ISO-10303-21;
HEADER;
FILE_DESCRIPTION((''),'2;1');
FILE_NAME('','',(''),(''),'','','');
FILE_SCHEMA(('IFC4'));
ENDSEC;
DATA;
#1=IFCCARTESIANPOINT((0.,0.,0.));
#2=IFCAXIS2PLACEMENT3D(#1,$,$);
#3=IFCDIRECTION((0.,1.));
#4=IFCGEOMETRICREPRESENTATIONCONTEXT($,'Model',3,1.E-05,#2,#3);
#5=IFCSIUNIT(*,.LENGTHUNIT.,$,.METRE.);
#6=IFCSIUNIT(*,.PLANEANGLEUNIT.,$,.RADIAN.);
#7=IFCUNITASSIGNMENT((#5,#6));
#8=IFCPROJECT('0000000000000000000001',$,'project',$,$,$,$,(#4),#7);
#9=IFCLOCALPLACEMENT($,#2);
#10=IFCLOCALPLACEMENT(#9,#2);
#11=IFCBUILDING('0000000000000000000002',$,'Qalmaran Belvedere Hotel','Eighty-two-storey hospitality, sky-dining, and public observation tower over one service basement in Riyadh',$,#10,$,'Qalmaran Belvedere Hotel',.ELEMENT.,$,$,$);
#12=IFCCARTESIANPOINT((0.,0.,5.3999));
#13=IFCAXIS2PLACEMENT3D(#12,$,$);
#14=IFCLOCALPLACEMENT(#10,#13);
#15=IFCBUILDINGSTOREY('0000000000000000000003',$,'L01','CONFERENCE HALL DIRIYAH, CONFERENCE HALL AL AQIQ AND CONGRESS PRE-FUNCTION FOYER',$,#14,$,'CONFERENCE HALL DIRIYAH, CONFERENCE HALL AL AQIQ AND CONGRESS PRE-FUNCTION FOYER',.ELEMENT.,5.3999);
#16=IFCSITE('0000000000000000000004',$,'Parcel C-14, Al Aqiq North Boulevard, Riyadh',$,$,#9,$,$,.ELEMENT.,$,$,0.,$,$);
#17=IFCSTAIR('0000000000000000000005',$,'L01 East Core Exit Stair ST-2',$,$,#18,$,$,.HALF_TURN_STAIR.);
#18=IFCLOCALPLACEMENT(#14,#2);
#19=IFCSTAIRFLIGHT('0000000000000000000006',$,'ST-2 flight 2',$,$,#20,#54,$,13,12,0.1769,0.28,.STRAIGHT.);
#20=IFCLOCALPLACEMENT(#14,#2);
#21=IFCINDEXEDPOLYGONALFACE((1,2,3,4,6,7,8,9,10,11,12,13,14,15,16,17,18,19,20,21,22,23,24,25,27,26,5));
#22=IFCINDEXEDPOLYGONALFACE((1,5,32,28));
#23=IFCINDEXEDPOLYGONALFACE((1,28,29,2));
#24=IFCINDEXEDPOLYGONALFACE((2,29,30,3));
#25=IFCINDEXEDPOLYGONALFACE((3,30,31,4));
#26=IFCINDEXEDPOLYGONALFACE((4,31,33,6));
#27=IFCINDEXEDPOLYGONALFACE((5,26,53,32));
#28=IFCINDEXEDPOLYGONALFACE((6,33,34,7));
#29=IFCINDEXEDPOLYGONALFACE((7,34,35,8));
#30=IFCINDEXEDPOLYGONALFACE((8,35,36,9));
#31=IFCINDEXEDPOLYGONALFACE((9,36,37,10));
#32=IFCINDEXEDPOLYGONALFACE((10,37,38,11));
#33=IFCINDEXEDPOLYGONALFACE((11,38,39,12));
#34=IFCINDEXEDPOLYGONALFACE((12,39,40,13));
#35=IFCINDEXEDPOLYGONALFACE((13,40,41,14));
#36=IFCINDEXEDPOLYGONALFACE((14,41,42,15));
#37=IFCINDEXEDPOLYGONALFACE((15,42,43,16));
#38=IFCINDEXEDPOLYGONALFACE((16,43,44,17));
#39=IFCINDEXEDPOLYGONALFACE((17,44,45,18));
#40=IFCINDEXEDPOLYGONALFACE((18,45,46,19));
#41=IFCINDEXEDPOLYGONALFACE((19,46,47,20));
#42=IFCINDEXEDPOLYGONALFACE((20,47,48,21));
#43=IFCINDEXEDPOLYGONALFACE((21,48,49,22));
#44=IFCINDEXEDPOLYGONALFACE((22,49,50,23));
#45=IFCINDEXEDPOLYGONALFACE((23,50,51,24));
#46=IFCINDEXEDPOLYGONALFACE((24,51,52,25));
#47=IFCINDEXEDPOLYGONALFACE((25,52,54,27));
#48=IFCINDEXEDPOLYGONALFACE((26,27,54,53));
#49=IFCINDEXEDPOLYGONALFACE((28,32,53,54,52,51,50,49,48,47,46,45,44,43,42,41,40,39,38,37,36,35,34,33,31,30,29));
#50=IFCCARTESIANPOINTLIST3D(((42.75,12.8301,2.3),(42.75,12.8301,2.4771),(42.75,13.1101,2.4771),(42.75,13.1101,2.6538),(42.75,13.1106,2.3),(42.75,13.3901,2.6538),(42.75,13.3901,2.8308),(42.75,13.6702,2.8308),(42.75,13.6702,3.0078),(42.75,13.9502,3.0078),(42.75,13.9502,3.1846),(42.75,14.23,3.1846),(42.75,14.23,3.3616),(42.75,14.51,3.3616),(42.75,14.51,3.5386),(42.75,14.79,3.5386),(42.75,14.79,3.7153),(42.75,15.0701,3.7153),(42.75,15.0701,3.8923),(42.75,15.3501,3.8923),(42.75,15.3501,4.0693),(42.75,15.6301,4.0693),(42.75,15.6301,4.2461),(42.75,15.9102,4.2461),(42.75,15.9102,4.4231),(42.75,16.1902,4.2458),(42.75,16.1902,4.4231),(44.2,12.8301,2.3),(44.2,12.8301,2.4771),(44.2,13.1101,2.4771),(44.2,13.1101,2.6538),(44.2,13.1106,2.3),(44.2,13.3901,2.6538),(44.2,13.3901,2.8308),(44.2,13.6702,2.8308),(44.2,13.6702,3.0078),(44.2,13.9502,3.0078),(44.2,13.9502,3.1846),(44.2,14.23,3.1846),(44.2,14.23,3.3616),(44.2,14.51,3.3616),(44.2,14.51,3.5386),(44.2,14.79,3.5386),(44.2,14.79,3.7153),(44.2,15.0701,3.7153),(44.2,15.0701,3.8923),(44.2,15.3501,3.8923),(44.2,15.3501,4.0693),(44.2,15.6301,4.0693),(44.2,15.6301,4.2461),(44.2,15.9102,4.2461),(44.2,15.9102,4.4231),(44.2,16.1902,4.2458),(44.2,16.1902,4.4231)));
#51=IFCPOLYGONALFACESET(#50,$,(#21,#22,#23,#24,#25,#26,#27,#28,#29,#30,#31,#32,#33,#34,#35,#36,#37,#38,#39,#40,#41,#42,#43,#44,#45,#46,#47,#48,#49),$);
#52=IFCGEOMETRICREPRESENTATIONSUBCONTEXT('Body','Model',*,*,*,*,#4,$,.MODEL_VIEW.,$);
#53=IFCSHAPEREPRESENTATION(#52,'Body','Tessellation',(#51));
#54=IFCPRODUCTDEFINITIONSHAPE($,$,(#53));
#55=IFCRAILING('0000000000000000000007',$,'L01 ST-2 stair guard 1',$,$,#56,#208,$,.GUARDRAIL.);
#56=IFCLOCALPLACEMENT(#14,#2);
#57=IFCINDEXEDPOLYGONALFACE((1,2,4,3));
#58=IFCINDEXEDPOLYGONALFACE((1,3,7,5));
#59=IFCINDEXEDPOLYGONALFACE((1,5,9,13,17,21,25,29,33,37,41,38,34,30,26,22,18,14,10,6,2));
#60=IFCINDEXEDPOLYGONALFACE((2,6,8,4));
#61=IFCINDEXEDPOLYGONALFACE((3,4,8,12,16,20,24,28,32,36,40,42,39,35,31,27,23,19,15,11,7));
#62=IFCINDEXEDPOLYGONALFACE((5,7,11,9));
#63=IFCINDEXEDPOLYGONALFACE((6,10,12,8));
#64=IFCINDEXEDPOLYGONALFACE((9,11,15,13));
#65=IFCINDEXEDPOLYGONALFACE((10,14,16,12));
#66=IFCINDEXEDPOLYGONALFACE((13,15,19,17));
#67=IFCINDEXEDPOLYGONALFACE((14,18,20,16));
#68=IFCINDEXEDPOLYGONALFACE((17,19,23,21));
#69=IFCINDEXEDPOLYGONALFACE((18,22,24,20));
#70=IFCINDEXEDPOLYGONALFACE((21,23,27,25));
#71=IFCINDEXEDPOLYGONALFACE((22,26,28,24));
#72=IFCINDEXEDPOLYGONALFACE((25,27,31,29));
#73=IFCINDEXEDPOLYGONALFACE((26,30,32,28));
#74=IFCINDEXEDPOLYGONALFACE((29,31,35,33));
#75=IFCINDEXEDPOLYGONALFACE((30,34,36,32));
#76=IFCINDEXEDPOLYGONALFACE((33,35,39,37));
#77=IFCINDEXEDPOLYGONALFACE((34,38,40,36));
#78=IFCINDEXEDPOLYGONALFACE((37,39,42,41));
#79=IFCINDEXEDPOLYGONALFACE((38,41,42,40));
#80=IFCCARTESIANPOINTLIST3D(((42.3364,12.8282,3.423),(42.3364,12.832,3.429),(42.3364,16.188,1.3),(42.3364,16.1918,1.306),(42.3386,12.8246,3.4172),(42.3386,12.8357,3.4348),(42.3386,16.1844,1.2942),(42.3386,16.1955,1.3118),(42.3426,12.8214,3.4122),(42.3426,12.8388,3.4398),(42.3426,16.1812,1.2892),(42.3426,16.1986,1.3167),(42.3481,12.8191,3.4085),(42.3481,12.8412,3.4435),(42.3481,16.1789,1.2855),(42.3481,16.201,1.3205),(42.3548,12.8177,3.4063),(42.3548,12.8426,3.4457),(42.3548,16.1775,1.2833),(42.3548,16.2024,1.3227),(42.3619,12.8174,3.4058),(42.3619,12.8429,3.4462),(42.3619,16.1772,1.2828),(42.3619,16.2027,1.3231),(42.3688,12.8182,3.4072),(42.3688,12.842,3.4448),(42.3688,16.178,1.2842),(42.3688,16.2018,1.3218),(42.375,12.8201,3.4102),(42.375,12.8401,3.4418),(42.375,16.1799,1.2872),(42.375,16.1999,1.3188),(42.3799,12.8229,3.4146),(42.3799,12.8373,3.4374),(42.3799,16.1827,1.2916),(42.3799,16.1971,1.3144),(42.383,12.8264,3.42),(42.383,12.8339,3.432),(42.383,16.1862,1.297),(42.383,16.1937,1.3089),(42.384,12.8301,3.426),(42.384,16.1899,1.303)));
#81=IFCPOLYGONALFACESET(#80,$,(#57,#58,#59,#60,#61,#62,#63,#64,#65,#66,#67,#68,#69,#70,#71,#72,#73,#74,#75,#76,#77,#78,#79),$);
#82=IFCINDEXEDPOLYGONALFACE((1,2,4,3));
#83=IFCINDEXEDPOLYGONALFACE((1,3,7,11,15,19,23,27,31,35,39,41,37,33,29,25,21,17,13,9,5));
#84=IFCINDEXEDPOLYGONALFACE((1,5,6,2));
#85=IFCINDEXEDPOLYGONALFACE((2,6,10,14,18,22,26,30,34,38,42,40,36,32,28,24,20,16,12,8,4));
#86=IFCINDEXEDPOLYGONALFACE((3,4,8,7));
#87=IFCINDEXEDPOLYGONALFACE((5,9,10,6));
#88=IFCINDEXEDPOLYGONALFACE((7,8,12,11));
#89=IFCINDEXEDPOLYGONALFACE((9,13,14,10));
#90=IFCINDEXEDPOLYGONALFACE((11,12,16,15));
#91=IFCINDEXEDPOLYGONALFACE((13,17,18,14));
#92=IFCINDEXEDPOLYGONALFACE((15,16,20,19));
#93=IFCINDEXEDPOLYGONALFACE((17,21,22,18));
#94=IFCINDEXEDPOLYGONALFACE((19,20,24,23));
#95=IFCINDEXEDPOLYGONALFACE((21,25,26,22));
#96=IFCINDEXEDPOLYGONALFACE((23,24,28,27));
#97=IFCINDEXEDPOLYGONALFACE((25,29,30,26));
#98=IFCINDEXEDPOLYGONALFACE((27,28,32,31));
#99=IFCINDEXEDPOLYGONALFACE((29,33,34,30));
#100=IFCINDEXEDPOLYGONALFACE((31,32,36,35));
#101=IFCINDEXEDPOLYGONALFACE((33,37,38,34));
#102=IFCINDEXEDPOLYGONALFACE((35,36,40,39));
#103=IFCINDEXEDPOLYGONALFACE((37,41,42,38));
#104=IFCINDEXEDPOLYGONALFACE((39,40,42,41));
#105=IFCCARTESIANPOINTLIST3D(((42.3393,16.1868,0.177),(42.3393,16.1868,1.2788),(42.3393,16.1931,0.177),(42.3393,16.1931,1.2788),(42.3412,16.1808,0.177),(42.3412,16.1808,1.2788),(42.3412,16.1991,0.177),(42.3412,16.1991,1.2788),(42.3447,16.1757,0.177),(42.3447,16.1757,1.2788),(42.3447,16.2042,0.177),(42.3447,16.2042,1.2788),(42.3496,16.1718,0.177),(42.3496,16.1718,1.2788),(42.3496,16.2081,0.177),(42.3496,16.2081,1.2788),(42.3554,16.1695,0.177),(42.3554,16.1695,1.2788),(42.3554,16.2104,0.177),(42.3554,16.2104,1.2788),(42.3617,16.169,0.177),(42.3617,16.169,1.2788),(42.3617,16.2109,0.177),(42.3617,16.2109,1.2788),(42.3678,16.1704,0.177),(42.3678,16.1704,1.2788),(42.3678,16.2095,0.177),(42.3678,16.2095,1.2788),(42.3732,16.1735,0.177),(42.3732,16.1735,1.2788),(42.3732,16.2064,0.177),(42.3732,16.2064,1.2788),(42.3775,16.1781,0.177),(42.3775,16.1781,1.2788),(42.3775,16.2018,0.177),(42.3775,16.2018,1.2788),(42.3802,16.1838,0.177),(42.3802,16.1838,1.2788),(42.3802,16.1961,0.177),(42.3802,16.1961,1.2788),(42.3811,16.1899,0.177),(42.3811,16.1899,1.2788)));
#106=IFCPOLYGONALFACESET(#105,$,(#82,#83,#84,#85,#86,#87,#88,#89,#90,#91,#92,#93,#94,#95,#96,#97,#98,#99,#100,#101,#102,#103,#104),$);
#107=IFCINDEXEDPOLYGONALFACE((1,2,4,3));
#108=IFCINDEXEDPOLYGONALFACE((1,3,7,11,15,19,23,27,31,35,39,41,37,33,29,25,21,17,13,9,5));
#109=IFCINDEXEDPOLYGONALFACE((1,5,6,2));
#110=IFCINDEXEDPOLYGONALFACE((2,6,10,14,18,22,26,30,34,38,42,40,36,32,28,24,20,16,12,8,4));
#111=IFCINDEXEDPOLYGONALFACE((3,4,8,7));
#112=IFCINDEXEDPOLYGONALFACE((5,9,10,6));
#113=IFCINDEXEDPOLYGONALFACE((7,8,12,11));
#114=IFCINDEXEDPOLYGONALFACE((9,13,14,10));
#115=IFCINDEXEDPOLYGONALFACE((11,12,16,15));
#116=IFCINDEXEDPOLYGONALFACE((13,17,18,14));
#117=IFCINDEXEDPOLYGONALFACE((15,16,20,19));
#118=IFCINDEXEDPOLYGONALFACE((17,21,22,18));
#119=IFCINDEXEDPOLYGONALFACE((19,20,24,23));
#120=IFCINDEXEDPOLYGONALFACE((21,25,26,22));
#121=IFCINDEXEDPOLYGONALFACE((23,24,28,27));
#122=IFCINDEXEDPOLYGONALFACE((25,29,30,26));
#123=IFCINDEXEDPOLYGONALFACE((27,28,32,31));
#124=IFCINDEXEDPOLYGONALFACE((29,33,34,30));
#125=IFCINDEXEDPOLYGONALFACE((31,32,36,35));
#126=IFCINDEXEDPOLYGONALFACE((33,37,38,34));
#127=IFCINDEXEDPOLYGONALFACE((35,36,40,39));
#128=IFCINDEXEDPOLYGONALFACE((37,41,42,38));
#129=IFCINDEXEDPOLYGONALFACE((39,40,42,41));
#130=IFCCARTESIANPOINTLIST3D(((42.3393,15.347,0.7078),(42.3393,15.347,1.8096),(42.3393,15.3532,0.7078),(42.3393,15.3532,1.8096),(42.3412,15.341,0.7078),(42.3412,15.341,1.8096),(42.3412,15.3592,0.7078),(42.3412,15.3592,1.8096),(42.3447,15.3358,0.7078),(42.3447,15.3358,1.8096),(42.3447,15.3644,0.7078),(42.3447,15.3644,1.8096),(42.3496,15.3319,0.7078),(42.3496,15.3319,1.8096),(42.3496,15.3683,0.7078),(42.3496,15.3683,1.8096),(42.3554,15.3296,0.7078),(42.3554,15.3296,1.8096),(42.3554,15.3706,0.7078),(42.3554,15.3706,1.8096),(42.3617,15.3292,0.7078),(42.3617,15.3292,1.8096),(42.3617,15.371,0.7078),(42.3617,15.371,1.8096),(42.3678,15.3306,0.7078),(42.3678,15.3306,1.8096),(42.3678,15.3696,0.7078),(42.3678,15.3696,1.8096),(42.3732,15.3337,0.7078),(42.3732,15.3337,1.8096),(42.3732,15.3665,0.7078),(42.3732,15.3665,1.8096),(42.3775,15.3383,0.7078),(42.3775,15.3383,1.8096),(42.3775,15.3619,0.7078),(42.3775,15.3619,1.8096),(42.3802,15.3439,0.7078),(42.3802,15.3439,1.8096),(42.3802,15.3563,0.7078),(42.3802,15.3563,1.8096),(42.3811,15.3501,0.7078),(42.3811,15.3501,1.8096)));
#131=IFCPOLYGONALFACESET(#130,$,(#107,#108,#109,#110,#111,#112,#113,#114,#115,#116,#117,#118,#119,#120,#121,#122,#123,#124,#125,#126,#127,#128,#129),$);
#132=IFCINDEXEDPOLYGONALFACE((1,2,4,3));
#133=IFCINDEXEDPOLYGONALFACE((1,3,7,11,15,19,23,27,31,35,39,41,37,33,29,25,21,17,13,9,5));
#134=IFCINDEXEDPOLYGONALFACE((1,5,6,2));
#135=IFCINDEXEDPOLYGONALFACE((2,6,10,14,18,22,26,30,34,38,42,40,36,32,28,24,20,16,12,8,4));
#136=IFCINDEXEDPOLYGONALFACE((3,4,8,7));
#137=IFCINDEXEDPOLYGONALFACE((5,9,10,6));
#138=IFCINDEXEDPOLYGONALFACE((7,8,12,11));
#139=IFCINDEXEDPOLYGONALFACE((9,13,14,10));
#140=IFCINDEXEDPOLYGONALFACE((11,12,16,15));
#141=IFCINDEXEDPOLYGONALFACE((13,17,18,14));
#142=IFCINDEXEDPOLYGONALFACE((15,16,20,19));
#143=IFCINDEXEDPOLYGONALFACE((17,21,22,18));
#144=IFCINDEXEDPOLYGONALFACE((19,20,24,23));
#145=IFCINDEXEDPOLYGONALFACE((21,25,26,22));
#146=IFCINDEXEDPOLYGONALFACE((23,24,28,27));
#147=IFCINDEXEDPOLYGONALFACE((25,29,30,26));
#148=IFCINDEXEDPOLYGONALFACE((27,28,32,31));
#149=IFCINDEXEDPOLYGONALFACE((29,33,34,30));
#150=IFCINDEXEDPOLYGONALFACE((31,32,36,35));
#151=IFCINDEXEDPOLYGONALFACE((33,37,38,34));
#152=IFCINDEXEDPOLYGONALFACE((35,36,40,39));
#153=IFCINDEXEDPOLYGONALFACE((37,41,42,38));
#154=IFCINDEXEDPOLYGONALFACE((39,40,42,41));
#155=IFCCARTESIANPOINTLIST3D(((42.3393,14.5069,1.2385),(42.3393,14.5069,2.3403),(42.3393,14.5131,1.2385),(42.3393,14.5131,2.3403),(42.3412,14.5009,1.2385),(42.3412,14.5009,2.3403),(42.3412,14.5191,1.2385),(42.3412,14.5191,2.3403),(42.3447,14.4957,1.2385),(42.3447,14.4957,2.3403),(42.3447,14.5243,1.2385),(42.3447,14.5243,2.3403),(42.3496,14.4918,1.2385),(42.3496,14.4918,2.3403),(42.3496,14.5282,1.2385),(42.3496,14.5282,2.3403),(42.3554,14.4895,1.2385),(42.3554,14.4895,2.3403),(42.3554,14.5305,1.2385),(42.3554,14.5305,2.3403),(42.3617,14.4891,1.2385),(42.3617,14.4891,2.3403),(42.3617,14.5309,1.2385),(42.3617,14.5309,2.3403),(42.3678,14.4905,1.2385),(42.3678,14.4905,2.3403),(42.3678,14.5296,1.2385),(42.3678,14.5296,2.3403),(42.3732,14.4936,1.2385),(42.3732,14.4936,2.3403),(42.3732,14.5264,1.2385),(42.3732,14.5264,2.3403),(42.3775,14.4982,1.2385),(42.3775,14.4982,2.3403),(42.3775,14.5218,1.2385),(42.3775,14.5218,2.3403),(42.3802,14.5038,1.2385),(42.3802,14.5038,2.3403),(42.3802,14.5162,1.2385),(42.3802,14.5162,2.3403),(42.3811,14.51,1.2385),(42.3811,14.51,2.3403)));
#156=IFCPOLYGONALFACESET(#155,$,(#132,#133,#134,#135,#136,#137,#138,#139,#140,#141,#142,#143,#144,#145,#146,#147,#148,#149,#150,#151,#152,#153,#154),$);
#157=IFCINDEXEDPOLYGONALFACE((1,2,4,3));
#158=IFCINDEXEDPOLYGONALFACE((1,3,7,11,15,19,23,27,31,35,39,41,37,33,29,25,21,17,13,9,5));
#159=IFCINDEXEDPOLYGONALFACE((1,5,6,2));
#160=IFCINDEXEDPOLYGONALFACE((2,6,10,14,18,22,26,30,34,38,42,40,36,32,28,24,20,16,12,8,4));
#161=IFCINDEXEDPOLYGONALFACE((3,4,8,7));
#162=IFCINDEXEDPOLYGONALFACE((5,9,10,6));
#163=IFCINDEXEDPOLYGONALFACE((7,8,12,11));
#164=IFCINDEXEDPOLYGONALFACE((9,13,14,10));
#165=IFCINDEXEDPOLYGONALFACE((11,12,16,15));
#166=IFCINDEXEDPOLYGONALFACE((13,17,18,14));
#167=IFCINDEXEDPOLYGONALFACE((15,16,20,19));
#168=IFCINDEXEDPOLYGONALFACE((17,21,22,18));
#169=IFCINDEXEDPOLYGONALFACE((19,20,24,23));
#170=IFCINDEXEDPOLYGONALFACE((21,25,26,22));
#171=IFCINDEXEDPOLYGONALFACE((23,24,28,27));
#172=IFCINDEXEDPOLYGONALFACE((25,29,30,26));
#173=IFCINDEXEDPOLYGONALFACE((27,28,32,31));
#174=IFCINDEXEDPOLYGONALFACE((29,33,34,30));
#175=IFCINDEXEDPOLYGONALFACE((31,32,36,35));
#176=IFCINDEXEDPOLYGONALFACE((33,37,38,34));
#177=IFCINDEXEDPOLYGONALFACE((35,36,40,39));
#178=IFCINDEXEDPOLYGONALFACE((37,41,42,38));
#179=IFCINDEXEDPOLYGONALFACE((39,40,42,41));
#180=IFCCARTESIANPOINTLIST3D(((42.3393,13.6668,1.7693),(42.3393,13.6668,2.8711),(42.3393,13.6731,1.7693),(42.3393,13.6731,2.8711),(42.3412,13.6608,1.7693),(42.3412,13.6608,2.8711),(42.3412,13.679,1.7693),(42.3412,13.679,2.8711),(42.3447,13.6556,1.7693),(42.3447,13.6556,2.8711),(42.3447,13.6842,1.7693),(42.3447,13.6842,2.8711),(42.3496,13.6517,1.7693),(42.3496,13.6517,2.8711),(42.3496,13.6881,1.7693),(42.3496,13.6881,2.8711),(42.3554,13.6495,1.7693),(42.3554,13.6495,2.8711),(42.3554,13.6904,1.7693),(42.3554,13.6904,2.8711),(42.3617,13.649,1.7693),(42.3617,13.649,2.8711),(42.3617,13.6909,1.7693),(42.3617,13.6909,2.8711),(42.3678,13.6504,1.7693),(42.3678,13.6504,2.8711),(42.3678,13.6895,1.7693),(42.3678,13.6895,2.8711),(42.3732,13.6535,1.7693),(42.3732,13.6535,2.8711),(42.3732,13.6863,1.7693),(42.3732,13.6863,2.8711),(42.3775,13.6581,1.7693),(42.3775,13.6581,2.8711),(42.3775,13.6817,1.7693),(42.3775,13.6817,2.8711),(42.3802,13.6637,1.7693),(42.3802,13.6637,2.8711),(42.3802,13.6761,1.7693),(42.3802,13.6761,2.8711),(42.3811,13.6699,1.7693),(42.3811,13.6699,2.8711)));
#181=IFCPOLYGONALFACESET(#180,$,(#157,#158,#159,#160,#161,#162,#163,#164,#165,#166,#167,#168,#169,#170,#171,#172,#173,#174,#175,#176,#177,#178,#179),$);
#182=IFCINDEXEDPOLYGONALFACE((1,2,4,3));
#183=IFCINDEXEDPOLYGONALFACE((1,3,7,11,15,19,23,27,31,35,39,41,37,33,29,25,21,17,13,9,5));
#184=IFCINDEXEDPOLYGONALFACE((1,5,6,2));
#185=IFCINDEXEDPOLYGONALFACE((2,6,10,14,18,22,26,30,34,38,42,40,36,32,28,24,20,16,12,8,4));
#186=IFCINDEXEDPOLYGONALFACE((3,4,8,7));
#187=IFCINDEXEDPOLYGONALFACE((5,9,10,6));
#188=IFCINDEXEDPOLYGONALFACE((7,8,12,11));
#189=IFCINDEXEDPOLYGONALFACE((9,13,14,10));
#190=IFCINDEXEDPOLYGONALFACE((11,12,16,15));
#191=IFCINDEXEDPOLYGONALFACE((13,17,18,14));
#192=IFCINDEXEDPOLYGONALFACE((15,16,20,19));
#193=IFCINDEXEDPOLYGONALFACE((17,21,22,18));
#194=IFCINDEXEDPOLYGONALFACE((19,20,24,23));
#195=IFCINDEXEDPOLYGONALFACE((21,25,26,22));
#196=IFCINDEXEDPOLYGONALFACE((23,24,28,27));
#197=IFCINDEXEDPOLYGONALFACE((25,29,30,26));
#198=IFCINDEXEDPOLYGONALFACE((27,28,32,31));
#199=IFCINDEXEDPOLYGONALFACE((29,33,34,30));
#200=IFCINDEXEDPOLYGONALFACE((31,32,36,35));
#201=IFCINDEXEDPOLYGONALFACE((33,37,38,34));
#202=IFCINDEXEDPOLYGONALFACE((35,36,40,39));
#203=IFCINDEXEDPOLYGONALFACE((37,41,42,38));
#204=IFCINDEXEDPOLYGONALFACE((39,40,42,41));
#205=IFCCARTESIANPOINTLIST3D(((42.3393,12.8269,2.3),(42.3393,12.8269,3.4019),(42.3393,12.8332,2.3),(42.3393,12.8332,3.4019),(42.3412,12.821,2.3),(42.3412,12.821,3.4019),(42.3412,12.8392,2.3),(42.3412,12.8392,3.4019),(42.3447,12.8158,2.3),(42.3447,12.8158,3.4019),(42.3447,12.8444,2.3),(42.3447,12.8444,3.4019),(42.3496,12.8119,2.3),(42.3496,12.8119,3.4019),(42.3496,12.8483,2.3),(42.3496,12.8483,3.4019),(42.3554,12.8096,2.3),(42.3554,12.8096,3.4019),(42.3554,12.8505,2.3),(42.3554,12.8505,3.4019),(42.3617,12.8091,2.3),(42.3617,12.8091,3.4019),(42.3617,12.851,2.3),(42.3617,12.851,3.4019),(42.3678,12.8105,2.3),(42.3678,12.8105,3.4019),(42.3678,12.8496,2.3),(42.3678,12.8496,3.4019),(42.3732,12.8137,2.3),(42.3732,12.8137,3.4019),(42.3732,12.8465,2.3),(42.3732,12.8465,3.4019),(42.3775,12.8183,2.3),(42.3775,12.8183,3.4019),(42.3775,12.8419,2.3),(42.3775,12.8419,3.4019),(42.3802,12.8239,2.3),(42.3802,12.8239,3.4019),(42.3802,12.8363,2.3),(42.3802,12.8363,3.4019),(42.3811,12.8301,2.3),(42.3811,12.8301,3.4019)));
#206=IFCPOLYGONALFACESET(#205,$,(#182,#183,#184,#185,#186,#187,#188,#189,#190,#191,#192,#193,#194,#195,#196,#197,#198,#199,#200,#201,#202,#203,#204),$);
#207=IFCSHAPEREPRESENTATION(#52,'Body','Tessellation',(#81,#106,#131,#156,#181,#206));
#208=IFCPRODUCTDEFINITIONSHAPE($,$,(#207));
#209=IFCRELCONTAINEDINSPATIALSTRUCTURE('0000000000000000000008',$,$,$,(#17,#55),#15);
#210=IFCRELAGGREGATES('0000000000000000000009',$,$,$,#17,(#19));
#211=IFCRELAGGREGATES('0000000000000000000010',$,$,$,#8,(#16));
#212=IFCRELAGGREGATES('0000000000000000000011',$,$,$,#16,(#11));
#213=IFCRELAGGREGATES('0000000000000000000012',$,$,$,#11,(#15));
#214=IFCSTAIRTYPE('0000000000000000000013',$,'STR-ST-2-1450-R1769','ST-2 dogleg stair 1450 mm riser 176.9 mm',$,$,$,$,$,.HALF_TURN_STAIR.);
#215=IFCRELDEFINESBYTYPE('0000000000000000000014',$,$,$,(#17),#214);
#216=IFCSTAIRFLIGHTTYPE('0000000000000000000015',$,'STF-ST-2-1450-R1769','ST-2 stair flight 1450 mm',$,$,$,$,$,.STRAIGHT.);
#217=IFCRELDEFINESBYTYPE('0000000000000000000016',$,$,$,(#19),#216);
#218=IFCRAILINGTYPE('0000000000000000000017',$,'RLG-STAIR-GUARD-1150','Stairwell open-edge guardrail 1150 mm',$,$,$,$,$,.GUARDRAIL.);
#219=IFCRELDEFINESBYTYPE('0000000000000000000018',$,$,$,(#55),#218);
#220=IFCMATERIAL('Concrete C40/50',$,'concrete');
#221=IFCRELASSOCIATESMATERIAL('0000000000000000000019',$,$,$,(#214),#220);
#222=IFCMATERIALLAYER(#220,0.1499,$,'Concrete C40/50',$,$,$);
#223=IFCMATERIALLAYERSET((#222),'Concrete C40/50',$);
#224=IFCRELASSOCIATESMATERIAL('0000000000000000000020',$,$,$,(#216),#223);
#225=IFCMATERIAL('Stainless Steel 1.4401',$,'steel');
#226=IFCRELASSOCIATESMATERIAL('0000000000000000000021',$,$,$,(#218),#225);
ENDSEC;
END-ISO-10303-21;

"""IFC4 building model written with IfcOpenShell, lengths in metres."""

from ifc_helpers import new_model, si_unit, direction, frame, origin, origin_2d, place, context, subcontext, project, spatial, polyline, circle, outline, extrude, material, layer, layer_set, type_object, element, aggregate, save


model = new_model("IFC4")

# Units and contexts
model_context = context("Model", 3, precision=1e-05, world=origin(), true_north=direction((0.0, 1.0)))
body_context = subcontext(model_context, "Body", "Model", "MODEL_VIEW")
ifc_project = project(units=[si_unit("LENGTHUNIT", "METRE"), si_unit("PLANEANGLEUNIT", "RADIAN")], contexts=[model_context])

# Site, building, storey
site_placement = place(None, origin())
site = spatial("IfcSite", under=ifc_project, at=site_placement, Name="Parcel C-14, Al Aqiq North Boulevard, Riyadh", CompositionType="ELEMENT", RefElevation=0.0)
building_placement = place(site_placement, origin())
building = spatial("IfcBuilding", under=site, at=building_placement, Name="Qalmaran Belvedere Hotel", Description="Eighty-two-storey hospitality, sky-dining, and public observation tower over one service basement in Riyadh", LongName="Qalmaran Belvedere Hotel", CompositionType="ELEMENT")
storey_placement = place(building_placement, frame((0.0, 0.0, 5.3999)))
storey = spatial("IfcBuildingStorey", under=building, at=storey_placement, Name="L01", Description="CONFERENCE HALL DIRIYAH, CONFERENCE HALL AL AQIQ AND CONGRESS PRE-FUNCTION FOYER", LongName="CONFERENCE HALL DIRIYAH, CONFERENCE HALL AL AQIQ AND CONGRESS PRE-FUNCTION FOYER", CompositionType="ELEMENT", Elevation=5.3999)

# Shared definitions
ifc_material_1 = material(Name="Stainless Steel 1.4401", Category="steel")

# Stair, stair flight
ifc_material_2 = material(Name="Concrete C40/50", Category="concrete")
stair_type = type_object("IfcStairType", Name="STR-ST-2-1450-R1769", Description="ST-2 dogleg stair 1450 mm riser 176.9 mm", PredefinedType="HALF_TURN_STAIR", material=ifc_material_2)
stair_placement = place(storey_placement, origin())
stair = element("IfcStair", 1, at=stair_placement, inside=storey, type_object=stair_type, Name="L01 East Core Exit Stair ST-2", PredefinedType="HALF_TURN_STAIR")
ifc_layer_1 = layer(ifc_material_2, 0.1499, Name="Concrete C40/50")
ifc_layer_set_1 = layer_set([ifc_layer_1], Name="Concrete C40/50")
stair_flight_type = type_object("IfcStairFlightType", Name="STF-ST-2-1450-R1769", Description="ST-2 stair flight 1450 mm", PredefinedType="STRAIGHT", material=ifc_layer_set_1)
stair_flight_1_placement = place(storey_placement, frame((43.4751, 12.8301, 2.3), z_axis=(0.0, 0.0, 1.0), x_axis=(0.0, 1.0, 0.0)))
stair_flight_1 = element("IfcStairFlight", 2, at=stair_flight_1_placement, type_object=stair_flight_type, Name="ST-2 flight 2", NumberOfRisers=13, NumberOfTreads=12, PredefinedType="STRAIGHT", RiserHeight=0.1769, TreadLength=0.28, context=body_context, shape_type="SweptSolid", body=[
    extrude(outline(polyline([(0.0, 0.0), (0.0, 0.177), (0.28, 0.177), (0.28, 0.3538), (0.5601, 0.3538), (0.5601, 0.5308), (0.8401, 0.5308), (0.8401, 0.7078), (1.1201, 0.7078), (1.1201, 0.8845), (1.3999, 0.8845), (1.3999, 1.0615), (1.6799, 1.0615), (1.6799, 1.2385), (1.96, 1.2385), (1.96, 1.4153), (2.24, 1.4153), (2.24, 1.5923), (2.52, 1.5923), (2.52, 1.7693), (2.8, 1.7693), (2.8, 1.946), (3.0801, 1.946), (3.0801, 2.123), (3.3601, 2.123), (3.3601, 2.3), (3.3601, 1.9458), (0.2805, 0.0), (0.0, 0.0)])), frame((0.0, 0.7251, 0.0), z_axis=(0.0, -1.0, 0.0), x_axis=(1.0, 0.0, 0.0)), (0.0, 0.0, 1.0), 1.45),
])
aggregate(stair, [stair_flight_1])

# Railing
railing_type_1 = type_object("IfcRailingType", Name="RLG-STAIR-GUARD-1150", Description="Stairwell open-edge guardrail 1150 mm", PredefinedType="GUARDRAIL", material=ifc_material_1)
railing_1_placement = place(storey_placement, frame((42.3601, 16.1899, 0.177)))
element("IfcRailing", 3, at=railing_1_placement, inside=storey, type_object=railing_type_1, Name="L01 ST-2 stair guard 1", PredefinedType="GUARDRAIL", context=body_context, shape_type="SweptSolid", body=[
    extrude(circle(Radius=0.0239, at=origin_2d()), frame((0.0, 0.0, 1.126), z_axis=(0.0, -0.845372, 0.534178), x_axis=(1.0, 0.0, 0.0)), (0.0, 0.0, 1.0), 3.9744),
    extrude(circle(Radius=0.021, at=origin_2d()), origin(), (0.0, 0.0, 1.0), 1.1018),
    extrude(circle(Radius=0.021, at=origin_2d()), frame((0.0, -0.8398, 0.5308)), (0.0, 0.0, 1.0), 1.1018),
    extrude(circle(Radius=0.021, at=origin_2d()), frame((0.0, -1.6799, 1.0615)), (0.0, 0.0, 1.0), 1.1018),
    extrude(circle(Radius=0.021, at=origin_2d()), frame((0.0, -2.52, 1.5923)), (0.0, 0.0, 1.0), 1.1018),
    extrude(circle(Radius=0.021, at=origin_2d()), frame((0.0, -3.3599, 2.123)), (0.0, 0.0, 1.0), 1.1018),
])

save(model, "model.ifc")
